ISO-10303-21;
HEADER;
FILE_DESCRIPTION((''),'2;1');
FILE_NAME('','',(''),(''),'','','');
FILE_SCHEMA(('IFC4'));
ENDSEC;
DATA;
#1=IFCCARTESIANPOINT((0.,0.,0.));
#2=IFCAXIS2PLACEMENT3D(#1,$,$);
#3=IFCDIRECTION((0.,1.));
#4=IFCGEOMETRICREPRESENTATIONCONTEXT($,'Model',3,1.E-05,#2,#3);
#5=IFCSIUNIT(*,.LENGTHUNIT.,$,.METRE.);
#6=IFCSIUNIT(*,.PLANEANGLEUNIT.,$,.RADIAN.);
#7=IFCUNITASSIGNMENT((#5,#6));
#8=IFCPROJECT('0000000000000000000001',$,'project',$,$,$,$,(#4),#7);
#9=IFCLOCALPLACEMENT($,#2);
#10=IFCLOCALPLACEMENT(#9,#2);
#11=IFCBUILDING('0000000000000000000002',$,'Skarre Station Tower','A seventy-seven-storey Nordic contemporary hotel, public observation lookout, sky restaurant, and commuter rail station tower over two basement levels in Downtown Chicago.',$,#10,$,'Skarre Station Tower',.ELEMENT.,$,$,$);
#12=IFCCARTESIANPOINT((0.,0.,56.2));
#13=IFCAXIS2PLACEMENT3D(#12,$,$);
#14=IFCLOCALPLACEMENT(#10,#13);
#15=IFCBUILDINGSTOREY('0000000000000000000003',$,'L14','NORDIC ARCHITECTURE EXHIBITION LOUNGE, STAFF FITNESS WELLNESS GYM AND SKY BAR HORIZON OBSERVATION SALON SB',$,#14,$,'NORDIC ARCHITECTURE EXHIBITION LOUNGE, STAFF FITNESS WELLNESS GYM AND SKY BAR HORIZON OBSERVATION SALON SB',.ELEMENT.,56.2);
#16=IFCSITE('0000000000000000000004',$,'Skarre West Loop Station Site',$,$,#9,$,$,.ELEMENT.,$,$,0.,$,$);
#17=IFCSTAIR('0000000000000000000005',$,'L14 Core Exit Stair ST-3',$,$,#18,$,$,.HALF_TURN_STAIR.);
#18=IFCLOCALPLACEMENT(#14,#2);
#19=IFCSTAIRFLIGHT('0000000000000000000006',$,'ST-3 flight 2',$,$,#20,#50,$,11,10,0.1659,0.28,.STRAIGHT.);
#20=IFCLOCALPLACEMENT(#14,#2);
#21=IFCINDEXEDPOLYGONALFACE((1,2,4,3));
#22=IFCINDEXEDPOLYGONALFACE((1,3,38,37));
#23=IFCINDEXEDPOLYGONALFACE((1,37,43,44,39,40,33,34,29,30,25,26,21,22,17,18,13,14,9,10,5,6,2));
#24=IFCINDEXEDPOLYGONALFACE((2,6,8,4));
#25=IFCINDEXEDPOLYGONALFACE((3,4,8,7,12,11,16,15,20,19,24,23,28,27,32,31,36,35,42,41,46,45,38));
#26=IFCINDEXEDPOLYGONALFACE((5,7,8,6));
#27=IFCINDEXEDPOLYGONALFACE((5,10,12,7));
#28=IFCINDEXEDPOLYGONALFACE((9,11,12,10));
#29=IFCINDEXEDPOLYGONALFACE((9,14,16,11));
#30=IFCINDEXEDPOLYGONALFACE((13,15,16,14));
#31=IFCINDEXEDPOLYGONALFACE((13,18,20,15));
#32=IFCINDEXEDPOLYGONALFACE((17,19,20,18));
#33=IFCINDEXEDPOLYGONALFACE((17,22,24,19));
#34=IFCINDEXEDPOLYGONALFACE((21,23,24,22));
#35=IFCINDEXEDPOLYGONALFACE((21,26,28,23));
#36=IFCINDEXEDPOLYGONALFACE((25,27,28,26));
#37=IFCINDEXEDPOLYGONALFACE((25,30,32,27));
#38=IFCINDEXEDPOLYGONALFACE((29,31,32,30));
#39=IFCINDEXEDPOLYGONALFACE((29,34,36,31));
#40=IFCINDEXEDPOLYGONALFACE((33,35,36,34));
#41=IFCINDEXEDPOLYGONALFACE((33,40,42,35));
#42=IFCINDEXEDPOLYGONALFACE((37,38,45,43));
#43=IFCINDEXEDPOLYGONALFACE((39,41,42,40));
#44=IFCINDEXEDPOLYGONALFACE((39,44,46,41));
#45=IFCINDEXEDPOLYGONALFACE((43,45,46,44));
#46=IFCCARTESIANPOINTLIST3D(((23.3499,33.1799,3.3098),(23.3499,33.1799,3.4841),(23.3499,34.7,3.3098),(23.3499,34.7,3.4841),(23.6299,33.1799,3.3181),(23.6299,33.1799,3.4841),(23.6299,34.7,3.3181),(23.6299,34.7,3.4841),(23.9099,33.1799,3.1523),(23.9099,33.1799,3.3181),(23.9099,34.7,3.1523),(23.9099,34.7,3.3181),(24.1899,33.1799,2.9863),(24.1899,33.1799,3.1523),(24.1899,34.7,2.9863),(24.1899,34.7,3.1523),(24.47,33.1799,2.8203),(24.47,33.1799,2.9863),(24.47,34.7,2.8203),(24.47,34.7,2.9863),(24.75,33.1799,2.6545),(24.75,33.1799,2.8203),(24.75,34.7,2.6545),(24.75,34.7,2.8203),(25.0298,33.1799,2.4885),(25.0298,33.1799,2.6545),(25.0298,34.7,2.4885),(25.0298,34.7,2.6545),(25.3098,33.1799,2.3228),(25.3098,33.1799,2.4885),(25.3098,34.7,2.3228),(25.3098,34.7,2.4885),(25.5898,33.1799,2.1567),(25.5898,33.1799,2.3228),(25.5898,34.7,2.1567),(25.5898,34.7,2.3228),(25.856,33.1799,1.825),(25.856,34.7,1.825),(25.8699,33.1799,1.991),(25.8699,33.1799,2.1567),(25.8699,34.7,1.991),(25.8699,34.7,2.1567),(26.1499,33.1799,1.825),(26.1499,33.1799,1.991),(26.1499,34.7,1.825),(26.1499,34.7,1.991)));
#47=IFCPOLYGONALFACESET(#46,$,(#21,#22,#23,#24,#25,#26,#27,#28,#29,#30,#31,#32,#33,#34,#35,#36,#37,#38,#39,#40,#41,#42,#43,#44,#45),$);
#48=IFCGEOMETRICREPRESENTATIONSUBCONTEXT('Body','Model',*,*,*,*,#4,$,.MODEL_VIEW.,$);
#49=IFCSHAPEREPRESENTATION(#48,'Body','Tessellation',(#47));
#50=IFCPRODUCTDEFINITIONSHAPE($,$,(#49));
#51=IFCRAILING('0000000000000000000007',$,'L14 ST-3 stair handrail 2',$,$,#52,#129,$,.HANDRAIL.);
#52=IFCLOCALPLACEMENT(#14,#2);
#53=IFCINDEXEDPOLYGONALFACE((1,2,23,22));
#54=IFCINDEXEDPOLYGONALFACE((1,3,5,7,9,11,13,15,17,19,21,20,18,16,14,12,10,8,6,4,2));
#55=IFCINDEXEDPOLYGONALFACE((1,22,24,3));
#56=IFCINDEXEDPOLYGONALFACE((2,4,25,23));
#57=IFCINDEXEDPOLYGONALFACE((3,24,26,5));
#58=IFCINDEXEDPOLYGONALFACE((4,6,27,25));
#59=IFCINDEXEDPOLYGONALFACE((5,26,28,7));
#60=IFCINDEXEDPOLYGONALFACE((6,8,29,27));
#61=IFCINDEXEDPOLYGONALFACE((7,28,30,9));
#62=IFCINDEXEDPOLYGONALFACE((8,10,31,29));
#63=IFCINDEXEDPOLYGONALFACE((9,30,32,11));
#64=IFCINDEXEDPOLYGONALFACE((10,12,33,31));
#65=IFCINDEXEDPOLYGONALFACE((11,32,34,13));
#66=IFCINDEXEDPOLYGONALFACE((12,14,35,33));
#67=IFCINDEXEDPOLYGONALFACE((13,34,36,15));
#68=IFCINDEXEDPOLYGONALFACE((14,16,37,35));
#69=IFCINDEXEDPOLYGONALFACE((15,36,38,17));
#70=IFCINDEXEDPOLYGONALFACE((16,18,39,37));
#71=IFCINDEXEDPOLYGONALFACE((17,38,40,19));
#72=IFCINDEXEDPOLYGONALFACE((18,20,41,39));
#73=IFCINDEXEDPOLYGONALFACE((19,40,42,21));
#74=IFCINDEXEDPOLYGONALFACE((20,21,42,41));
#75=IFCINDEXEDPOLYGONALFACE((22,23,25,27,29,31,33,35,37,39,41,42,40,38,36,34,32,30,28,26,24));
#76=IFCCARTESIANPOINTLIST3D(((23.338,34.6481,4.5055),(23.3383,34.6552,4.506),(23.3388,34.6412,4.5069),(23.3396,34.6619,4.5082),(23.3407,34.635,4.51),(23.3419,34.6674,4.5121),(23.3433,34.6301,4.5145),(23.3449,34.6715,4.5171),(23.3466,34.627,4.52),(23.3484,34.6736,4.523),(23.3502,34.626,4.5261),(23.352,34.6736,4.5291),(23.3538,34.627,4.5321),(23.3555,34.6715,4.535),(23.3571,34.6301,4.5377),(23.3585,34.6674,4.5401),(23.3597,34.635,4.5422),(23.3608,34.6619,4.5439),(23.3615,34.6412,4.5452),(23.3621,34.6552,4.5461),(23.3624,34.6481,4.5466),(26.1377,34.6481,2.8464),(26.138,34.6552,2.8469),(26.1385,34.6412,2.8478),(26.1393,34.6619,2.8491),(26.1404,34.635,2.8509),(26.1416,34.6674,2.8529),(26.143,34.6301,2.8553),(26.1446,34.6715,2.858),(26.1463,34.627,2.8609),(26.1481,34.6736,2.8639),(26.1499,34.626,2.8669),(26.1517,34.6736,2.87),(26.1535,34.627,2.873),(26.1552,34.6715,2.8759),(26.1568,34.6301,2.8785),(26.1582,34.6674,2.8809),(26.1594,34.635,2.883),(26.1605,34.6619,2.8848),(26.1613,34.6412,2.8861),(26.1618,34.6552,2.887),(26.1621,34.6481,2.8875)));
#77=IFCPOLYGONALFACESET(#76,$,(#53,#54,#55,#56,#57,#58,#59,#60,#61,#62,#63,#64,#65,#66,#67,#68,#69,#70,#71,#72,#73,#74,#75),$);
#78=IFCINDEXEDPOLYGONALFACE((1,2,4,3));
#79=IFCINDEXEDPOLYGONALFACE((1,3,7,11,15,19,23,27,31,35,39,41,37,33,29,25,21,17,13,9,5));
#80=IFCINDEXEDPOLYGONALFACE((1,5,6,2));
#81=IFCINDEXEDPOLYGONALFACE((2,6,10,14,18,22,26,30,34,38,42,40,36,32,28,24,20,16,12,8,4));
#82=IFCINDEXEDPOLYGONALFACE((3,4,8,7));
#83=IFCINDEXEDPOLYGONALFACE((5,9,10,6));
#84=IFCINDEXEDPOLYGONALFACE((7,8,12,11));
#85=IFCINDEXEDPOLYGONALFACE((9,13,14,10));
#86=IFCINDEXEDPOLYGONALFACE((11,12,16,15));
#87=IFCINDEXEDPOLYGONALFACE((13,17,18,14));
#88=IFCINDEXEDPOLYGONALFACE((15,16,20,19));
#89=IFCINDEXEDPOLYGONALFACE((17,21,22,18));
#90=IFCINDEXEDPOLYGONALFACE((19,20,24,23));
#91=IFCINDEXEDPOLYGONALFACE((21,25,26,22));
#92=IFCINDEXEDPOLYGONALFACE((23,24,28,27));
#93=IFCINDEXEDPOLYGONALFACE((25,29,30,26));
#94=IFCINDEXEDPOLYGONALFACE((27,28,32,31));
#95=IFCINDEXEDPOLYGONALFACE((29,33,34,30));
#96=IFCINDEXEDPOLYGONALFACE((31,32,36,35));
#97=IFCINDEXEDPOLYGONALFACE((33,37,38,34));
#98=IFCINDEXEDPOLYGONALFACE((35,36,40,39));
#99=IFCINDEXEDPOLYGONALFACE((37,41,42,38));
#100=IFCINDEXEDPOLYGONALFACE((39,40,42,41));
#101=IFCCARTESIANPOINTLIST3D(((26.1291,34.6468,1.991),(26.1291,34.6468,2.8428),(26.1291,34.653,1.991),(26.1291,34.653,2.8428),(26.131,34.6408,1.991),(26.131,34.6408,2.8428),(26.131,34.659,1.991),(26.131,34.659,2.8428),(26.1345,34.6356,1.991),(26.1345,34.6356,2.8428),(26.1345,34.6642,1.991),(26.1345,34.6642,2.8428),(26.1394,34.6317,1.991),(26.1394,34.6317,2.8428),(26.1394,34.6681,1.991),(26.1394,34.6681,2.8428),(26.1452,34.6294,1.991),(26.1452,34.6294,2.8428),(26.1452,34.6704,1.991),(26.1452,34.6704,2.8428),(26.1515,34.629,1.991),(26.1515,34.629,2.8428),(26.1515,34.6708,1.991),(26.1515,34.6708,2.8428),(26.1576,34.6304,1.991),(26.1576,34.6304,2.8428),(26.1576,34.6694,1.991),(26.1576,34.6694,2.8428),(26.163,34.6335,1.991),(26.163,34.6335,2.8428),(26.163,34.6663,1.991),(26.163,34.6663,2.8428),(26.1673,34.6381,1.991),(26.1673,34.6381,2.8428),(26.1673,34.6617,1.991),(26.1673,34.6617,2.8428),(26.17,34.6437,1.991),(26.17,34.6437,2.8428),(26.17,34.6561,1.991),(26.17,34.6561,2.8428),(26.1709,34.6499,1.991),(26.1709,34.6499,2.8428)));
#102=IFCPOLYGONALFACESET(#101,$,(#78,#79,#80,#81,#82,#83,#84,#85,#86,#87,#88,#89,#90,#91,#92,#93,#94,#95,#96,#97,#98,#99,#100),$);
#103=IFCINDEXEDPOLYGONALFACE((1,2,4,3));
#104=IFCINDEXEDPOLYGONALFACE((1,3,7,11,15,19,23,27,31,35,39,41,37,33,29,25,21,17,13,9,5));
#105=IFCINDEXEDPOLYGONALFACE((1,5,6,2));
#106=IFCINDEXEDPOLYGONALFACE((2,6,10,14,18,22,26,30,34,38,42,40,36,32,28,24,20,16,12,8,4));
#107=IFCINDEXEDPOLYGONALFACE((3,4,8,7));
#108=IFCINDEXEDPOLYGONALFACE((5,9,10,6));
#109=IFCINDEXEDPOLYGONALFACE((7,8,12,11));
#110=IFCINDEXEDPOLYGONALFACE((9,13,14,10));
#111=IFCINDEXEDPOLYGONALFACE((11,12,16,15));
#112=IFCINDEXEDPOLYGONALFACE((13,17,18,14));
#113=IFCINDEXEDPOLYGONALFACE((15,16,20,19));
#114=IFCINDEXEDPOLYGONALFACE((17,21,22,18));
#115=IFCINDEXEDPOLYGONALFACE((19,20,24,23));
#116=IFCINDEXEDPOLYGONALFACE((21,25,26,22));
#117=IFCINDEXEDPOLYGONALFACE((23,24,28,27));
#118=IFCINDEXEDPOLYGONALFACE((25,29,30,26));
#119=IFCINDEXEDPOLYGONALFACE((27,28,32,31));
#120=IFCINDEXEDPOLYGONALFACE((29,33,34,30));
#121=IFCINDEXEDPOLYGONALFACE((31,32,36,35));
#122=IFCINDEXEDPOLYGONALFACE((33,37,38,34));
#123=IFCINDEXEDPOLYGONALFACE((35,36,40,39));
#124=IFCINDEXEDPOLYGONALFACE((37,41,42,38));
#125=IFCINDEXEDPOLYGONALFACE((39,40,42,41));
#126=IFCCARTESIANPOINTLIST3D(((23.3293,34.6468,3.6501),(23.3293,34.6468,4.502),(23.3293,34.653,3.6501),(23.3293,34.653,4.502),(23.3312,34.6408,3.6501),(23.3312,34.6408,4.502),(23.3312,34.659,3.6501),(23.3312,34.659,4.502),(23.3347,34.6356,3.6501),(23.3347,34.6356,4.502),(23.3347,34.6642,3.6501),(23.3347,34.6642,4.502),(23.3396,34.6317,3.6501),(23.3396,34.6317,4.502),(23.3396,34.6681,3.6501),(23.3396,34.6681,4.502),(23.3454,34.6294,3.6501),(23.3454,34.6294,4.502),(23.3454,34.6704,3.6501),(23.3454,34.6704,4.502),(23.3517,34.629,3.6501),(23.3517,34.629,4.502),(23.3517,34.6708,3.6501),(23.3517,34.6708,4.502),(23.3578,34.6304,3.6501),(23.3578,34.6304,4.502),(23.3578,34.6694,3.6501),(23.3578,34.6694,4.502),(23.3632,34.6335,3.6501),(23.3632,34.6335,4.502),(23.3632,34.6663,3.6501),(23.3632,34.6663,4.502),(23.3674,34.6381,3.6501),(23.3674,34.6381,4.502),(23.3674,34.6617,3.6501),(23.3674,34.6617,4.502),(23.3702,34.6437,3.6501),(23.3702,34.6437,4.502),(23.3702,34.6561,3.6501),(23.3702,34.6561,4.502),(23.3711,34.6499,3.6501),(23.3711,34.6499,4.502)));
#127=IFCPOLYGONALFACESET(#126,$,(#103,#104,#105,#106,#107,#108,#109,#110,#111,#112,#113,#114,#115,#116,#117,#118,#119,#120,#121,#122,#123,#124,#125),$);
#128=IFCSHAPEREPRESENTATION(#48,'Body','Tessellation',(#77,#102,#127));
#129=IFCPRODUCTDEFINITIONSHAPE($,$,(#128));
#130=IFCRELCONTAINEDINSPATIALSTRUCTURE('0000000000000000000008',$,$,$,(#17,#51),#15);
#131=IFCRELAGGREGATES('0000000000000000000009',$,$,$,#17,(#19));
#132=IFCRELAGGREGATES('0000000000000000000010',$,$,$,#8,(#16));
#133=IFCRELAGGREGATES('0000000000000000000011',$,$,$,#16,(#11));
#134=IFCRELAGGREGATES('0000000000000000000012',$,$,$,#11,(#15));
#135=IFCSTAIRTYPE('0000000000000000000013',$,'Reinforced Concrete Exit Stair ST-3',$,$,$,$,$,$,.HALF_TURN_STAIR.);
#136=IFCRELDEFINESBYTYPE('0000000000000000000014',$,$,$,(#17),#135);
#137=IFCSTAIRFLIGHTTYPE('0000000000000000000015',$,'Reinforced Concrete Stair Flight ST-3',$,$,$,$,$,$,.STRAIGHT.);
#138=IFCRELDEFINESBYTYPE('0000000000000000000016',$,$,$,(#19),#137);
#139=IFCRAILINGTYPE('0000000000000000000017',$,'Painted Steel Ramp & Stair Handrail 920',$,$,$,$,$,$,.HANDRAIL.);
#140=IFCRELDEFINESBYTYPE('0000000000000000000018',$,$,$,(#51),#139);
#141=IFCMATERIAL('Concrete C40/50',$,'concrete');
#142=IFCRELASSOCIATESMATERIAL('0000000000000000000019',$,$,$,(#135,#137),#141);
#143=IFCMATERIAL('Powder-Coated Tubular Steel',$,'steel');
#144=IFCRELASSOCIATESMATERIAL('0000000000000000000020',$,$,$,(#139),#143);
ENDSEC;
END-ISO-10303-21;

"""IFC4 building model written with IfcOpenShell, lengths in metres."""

from ifc_helpers import new_model, si_unit, direction, frame, origin, origin_2d, place, context, subcontext, project, spatial, polyline, circle, outline, extrude, material, type_object, element, aggregate, save


model = new_model("IFC4")

# Units and contexts
model_context = context("Model", 3, precision=1e-05, world=origin(), true_north=direction((0.0, 1.0)))
body_context = subcontext(model_context, "Body", "Model", "MODEL_VIEW")
ifc_project = project(units=[si_unit("LENGTHUNIT", "METRE"), si_unit("PLANEANGLEUNIT", "RADIAN")], contexts=[model_context])

# Site, building, storey
site_placement = place(None, origin())
site = spatial("IfcSite", under=ifc_project, at=site_placement, Name="Skarre West Loop Station Site", CompositionType="ELEMENT", RefElevation=0.0)
building_placement = place(site_placement, origin())
building = spatial("IfcBuilding", under=site, at=building_placement, Name="Skarre Station Tower", Description="A seventy-seven-storey Nordic contemporary hotel, public observation lookout, sky restaurant, and commuter rail station tower over two basement levels in Downtown Chicago.", LongName="Skarre Station Tower", CompositionType="ELEMENT")
storey_placement = place(building_placement, frame((0.0, 0.0, 56.2)))
storey = spatial("IfcBuildingStorey", under=building, at=storey_placement, Name="L14", Description="NORDIC ARCHITECTURE EXHIBITION LOUNGE, STAFF FITNESS WELLNESS GYM AND SKY BAR HORIZON OBSERVATION SALON SB", LongName="NORDIC ARCHITECTURE EXHIBITION LOUNGE, STAFF FITNESS WELLNESS GYM AND SKY BAR HORIZON OBSERVATION SALON SB", CompositionType="ELEMENT", Elevation=56.2)

# Stair, stair flight
ifc_material_1 = material(Name="Concrete C40/50", Category="concrete")
stair_type = type_object("IfcStairType", Name="Reinforced Concrete Exit Stair ST-3", PredefinedType="HALF_TURN_STAIR", material=ifc_material_1)
stair_placement = place(storey_placement, origin())
stair = element("IfcStair", 1, at=stair_placement, inside=storey, type_object=stair_type, Name="L14 Core Exit Stair ST-3", PredefinedType="HALF_TURN_STAIR")
stair_flight_type = type_object("IfcStairFlightType", Name="Reinforced Concrete Stair Flight ST-3", PredefinedType="STRAIGHT", material=ifc_material_1)
stair_flight_1_placement = place(storey_placement, frame((26.1499, 33.9399, 1.825), z_axis=(0.0, 0.0, 1.0), x_axis=(-1.0, 0.0, 0.0)))
stair_flight_1 = element("IfcStairFlight", 2, at=stair_flight_1_placement, type_object=stair_flight_type, Name="ST-3 flight 2", NumberOfRisers=11, NumberOfTreads=10, PredefinedType="STRAIGHT", RiserHeight=0.1659, TreadLength=0.28, context=body_context, shape_type="SweptSolid", body=[
    extrude(outline(polyline([(0.0, 0.0), (0.0, 0.166), (0.28, 0.166), (0.28, 0.3318), (0.5601, 0.3318), (0.5601, 0.4978), (0.8401, 0.4978), (0.8401, 0.6636), (1.1201, 0.6636), (1.1201, 0.8296), (1.3999, 0.8296), (1.3999, 0.9954), (1.6799, 0.9954), (1.6799, 1.1614), (1.96, 1.1614), (1.96, 1.3274), (2.24, 1.3274), (2.24, 1.4932), (2.52, 1.4932), (2.52, 1.6592), (2.8, 1.6592), (2.8, 1.825), (2.8, 1.4849), (0.2939, 0.0), (0.0, 0.0)])), frame((0.0, 0.76, 0.0), z_axis=(0.0, -1.0, 0.0), x_axis=(1.0, 0.0, 0.0)), (0.0, 0.0, 1.0), 1.52),
])
aggregate(stair, [stair_flight_1])

# Railing
ifc_material_2 = material(Name="Powder-Coated Tubular Steel", Category="steel")
railing_type_1 = type_object("IfcRailingType", Name="Painted Steel Ramp & Stair Handrail 920", PredefinedType="HANDRAIL", material=ifc_material_2)
railing_1_placement = place(storey_placement, frame((26.1499, 34.6499, 1.991)))
element("IfcRailing", 3, at=railing_1_placement, inside=storey, type_object=railing_type_1, Name="L14 ST-3 stair handrail 2", PredefinedType="HANDRAIL", context=body_context, shape_type="SweptSolid", body=[
    extrude(circle(Radius=0.0239, at=origin_2d()), frame((0.0, 0.0, 0.876), z_axis=(-0.860287, 0.0, 0.509811), x_axis=(0.0, -1.0, 0.0)), (0.0, 0.0, 1.0), 3.2544),
    extrude(circle(Radius=0.021, at=origin_2d()), origin(), (0.0, 0.0, 1.0), 0.8518),
    extrude(circle(Radius=0.021, at=origin_2d()), frame((-2.7998, 0.0, 1.6592)), (0.0, 0.0, 1.0), 0.8518),
])

save(model, "model.ifc")
